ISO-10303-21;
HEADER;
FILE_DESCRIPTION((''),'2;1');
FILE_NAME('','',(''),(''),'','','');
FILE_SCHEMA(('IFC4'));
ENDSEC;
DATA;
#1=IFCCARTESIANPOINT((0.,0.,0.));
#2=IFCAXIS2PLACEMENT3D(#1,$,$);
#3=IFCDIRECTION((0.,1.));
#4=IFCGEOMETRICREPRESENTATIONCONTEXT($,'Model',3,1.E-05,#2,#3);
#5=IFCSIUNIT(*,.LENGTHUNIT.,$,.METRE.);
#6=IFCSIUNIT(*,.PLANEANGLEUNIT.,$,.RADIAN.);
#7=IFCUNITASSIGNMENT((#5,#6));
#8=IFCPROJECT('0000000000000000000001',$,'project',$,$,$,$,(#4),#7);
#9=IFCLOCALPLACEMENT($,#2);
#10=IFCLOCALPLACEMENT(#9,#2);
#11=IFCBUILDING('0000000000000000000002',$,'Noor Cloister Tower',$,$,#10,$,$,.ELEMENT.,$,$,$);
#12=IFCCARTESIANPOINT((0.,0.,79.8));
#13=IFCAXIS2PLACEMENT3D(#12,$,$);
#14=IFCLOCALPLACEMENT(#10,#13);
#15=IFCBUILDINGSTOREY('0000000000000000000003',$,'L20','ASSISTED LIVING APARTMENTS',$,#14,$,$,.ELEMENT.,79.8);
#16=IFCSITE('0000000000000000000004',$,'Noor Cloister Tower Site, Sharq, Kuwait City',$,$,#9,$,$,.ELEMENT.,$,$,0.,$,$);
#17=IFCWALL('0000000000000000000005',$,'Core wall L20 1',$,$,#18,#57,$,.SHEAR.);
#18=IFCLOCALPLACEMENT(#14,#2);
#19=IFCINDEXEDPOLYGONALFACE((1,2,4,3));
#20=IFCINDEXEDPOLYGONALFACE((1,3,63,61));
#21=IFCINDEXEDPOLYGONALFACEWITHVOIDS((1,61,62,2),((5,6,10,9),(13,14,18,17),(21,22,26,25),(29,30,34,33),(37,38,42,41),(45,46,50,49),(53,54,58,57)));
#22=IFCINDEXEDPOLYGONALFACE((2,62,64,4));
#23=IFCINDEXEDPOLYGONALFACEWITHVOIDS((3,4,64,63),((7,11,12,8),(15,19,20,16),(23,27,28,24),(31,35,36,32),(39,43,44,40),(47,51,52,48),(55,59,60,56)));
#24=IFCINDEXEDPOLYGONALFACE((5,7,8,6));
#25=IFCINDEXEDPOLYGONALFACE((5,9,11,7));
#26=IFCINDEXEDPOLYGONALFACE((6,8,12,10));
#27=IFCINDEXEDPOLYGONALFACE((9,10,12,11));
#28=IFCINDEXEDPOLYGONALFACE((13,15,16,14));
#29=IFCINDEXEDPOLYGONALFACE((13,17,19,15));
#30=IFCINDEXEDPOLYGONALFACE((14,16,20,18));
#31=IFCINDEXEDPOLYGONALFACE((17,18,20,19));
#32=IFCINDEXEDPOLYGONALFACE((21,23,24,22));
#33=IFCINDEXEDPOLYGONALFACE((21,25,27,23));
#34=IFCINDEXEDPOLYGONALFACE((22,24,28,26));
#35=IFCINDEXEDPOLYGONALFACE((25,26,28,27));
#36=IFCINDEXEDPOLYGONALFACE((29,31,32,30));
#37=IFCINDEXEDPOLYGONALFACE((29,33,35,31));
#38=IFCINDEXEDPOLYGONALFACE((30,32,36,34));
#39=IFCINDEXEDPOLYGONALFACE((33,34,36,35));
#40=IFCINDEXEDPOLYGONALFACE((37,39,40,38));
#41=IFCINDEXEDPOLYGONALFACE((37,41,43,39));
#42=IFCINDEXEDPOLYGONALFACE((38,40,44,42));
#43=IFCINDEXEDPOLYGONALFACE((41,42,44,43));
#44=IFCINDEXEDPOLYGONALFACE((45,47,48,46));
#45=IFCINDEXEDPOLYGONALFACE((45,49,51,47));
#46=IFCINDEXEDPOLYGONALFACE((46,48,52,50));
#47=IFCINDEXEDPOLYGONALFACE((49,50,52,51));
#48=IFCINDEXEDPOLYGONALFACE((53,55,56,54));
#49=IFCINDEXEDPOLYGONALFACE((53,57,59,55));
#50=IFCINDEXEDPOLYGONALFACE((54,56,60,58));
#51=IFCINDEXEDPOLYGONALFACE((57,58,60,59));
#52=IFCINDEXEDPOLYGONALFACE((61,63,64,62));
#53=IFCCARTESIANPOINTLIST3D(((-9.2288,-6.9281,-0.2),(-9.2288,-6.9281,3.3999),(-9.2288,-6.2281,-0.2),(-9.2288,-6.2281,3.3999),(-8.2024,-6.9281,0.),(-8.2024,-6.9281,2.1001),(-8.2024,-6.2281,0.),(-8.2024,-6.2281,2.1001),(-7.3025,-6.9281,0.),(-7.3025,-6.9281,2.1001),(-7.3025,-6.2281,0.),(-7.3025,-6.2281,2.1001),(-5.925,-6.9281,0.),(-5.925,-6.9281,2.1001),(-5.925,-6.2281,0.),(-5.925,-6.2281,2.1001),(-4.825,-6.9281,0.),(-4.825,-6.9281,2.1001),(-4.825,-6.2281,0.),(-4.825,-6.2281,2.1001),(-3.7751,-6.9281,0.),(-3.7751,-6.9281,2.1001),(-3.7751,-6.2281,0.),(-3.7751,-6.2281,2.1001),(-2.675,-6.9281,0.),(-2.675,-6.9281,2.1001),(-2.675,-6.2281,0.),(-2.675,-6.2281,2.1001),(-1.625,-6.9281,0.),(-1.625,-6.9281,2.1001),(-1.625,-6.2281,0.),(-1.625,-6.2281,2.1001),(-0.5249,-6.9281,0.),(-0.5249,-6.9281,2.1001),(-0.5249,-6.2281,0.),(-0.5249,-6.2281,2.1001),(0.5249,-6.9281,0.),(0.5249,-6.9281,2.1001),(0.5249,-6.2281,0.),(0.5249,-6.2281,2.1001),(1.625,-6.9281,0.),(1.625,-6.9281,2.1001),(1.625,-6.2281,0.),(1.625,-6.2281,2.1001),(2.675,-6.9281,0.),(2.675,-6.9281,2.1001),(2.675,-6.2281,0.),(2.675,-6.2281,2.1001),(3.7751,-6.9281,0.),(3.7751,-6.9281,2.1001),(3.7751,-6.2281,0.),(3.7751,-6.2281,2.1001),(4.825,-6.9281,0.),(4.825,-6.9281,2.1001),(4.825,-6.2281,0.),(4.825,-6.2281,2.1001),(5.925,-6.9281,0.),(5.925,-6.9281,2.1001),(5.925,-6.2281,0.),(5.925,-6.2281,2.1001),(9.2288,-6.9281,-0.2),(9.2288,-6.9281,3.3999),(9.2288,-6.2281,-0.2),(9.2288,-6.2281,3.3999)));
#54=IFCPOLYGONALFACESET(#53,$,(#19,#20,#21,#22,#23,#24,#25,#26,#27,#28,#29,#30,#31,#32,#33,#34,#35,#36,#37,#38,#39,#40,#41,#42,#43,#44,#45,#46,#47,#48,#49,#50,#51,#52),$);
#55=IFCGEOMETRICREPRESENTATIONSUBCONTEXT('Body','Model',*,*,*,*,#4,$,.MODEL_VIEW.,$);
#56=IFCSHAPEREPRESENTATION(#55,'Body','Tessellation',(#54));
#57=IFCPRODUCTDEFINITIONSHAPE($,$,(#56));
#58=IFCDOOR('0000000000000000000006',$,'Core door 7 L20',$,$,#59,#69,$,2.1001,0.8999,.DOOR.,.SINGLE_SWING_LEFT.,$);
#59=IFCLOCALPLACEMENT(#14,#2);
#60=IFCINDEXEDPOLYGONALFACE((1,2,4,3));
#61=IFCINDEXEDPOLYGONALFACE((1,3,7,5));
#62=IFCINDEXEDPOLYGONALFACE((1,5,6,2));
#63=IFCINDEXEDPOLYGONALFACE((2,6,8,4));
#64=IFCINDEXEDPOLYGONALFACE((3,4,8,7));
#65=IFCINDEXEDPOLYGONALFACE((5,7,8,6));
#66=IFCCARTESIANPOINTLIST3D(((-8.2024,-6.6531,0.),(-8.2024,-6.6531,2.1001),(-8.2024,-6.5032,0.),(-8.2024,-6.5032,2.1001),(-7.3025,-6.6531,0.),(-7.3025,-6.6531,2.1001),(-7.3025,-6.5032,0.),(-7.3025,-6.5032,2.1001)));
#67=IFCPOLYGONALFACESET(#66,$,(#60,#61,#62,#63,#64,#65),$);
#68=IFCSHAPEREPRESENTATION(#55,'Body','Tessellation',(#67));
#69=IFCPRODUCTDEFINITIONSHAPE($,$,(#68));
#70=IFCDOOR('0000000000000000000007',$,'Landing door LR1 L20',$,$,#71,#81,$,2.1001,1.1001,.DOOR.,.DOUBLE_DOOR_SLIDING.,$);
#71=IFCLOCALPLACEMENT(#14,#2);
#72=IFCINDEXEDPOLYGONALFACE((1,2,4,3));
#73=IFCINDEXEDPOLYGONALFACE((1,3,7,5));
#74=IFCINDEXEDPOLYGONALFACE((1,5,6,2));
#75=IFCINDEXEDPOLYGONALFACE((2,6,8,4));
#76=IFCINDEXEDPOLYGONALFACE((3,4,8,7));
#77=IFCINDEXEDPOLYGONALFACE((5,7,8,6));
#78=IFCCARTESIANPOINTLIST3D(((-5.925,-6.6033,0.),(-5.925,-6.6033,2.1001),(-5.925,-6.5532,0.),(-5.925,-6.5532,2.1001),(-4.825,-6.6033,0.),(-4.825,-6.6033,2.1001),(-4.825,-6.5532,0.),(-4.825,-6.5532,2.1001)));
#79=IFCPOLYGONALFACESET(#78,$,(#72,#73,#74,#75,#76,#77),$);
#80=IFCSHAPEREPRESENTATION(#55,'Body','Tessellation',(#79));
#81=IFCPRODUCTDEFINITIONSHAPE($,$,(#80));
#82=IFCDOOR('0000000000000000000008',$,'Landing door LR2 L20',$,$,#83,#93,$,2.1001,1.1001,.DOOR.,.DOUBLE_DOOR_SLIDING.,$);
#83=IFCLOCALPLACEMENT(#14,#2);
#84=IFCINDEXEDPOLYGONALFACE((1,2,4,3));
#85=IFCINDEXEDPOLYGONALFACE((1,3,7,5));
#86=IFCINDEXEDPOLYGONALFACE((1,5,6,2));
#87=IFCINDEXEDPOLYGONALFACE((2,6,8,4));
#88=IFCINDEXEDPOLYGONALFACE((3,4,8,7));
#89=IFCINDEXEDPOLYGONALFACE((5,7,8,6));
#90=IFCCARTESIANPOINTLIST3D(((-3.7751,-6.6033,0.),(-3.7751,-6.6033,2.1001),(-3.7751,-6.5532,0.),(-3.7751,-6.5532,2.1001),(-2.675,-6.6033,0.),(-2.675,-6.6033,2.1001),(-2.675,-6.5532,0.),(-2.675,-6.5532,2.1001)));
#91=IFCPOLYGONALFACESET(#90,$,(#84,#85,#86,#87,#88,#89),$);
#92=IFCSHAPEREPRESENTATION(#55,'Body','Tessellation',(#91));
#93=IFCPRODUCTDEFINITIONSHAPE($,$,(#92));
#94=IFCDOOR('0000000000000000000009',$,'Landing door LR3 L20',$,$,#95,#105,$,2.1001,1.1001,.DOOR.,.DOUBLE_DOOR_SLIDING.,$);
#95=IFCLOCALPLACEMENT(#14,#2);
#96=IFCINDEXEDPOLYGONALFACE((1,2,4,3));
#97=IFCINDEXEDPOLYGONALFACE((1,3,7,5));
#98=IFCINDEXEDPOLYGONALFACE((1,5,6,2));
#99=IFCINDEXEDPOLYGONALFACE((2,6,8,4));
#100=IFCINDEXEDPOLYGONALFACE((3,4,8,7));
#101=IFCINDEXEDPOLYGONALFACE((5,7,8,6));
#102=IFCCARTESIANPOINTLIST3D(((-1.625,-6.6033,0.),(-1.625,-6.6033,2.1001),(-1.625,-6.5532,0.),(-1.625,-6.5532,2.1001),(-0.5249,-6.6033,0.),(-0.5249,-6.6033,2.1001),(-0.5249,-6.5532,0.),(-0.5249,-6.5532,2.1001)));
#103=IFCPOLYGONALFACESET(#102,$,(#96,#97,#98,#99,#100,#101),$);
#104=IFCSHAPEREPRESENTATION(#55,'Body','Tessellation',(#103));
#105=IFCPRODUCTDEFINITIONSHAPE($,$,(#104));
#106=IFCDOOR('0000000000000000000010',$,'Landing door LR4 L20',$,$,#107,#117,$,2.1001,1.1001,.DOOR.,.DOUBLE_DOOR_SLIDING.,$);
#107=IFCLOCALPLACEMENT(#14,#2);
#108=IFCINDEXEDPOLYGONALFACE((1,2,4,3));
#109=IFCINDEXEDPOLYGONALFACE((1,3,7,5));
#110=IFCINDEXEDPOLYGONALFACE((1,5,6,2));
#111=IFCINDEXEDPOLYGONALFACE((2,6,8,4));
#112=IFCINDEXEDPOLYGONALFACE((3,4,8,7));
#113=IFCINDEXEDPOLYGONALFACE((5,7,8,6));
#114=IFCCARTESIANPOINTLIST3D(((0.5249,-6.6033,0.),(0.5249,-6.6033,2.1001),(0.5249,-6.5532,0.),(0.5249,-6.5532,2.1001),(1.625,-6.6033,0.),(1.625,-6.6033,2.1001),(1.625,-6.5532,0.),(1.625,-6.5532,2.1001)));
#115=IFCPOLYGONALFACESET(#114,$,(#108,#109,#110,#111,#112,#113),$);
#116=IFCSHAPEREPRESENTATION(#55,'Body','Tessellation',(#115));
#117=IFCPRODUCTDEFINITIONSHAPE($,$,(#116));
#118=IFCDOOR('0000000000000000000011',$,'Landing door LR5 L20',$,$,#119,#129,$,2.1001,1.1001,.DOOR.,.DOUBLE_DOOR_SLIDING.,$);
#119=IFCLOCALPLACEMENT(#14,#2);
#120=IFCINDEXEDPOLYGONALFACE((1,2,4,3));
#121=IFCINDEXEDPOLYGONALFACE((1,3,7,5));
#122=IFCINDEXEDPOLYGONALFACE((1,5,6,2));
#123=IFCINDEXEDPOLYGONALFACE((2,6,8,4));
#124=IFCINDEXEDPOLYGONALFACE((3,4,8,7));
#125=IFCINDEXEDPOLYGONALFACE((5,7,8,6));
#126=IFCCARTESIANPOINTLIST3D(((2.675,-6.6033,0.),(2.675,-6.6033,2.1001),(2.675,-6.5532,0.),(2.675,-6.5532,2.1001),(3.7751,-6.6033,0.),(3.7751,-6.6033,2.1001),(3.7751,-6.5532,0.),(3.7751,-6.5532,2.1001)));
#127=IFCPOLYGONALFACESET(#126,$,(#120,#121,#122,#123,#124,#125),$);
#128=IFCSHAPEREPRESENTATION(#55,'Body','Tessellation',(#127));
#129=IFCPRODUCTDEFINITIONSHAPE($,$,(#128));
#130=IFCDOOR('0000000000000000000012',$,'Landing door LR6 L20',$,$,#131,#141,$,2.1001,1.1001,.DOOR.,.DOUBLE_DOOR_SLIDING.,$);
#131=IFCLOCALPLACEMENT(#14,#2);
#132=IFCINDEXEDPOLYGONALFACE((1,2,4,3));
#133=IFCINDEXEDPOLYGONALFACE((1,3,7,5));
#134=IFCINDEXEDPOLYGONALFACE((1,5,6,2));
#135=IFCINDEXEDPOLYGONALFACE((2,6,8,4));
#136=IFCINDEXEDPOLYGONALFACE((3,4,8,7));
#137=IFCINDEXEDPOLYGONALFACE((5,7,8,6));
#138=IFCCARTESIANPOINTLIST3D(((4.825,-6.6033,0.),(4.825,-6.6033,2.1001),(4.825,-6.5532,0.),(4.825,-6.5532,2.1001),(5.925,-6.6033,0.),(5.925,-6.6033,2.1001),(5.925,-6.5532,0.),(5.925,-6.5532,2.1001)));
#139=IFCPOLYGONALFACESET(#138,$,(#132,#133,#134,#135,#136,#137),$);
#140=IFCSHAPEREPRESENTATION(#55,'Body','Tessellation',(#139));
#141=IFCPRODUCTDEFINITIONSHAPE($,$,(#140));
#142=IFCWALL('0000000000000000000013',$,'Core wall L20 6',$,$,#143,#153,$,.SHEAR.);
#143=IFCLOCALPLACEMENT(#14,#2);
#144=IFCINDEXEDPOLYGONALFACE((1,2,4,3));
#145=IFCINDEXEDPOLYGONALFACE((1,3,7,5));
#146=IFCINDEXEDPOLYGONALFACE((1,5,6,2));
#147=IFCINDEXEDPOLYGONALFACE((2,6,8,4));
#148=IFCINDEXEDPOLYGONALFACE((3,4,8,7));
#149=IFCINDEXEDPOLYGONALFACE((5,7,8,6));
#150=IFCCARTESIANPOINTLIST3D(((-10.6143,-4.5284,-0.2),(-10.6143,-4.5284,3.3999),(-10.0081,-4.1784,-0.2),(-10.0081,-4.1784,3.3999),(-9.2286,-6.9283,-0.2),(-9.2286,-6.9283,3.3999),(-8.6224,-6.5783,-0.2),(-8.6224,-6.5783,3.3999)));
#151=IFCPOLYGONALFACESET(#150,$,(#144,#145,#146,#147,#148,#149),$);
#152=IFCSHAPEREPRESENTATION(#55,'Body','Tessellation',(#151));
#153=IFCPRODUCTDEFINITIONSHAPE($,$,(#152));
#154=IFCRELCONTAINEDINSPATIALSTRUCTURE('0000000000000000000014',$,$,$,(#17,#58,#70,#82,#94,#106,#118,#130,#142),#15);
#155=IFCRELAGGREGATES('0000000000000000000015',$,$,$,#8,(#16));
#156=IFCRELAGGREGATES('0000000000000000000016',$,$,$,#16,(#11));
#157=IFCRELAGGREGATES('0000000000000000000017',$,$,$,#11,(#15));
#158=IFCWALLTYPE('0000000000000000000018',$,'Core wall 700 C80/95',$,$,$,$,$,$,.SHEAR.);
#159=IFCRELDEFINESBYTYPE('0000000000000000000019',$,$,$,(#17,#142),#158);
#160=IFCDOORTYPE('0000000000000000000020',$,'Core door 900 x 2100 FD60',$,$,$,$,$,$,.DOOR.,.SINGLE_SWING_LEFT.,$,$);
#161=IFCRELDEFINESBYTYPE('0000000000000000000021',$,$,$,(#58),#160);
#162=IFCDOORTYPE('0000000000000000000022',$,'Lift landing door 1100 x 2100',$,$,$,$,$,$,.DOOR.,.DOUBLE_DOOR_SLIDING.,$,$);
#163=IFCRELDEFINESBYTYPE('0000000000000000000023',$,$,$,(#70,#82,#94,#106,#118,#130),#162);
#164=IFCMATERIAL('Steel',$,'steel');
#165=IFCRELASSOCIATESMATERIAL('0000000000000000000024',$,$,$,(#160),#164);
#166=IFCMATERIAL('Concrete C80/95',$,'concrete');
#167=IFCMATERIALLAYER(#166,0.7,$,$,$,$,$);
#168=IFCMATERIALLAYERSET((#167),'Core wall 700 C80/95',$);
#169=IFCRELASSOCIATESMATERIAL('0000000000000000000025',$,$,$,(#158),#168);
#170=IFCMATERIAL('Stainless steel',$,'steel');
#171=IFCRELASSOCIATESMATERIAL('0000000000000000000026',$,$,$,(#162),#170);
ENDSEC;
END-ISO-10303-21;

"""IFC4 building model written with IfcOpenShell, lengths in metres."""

from ifc_helpers import new_model, si_unit, direction, frame, frame_2d, origin, place, context, subcontext, project, spatial, rectangle, extrude, material, layer, layer_set, type_object, element, fill, save


model = new_model("IFC4")

# Units and contexts
model_context = context("Model", 3, precision=1e-05, world=origin(), true_north=direction((0.0, 1.0)))
body_context = subcontext(model_context, "Body", "Model", "MODEL_VIEW")
ifc_project = project(units=[si_unit("LENGTHUNIT", "METRE"), si_unit("PLANEANGLEUNIT", "RADIAN")], contexts=[model_context])

# Site, building, storey
site_placement = place(None, origin())
site = spatial("IfcSite", under=ifc_project, at=site_placement, Name="Noor Cloister Tower Site, Sharq, Kuwait City", CompositionType="ELEMENT", RefElevation=0.0)
building_placement = place(site_placement, origin())
building = spatial("IfcBuilding", under=site, at=building_placement, Name="Noor Cloister Tower", CompositionType="ELEMENT")
storey_placement = place(building_placement, frame((0.0, 0.0, 79.8)))
storey = spatial("IfcBuildingStorey", under=building, at=storey_placement, Name="L20", Description="ASSISTED LIVING APARTMENTS", CompositionType="ELEMENT", Elevation=79.8)

# Shared definitions
ifc_material_1 = material(Name="Steel", Category="steel")
door_type_1 = type_object("IfcDoorType", Name="Core door 900 x 2100 FD60", OperationType="SINGLE_SWING_LEFT", PredefinedType="DOOR", material=ifc_material_1)

# Wall, openings, doors
ifc_material_2 = material(Name="Concrete C80/95", Category="concrete")
ifc_layer_1 = layer(ifc_material_2, 0.7)
ifc_layer_set_1 = layer_set([ifc_layer_1], Name="Core wall 700 C80/95")
wall_type_1 = type_object("IfcWallType", Name="Core wall 700 C80/95", PredefinedType="SHEAR", material=ifc_layer_set_1)
wall_1_placement = place(storey_placement, frame((-9.2288, -6.5781, -0.2), z_axis=(0.0, 0.0, 1.0), x_axis=(1.0, 0.0, 0.0)))
wall_1 = element("IfcWall", 1, at=wall_1_placement, inside=storey, type_object=wall_type_1, Name="Core wall L20 1", PredefinedType="SHEAR", context=body_context, shape_type="SweptSolid", body=[
    extrude(rectangle(XDim=18.4575, YDim=0.7, at=frame_2d((9.2288, 0.0))), origin(), (0.0, 0.0, 1.0), 3.5999),
])
opening_1_placement = place(wall_1_placement, frame((3.3037, 0.0, 0.2)))
opening_1 = element("IfcOpeningElement", 2, at=opening_1_placement, cuts=wall_1, PredefinedType="OPENING", context=body_context, shape_type="SweptSolid", body=[
    extrude(rectangle(XDim=1.1001, YDim=2.1001, at=frame_2d((0.55, 1.05))), frame((0.0, 0.3599, 0.0), z_axis=(0.0, -1.0, 0.0), x_axis=(1.0, 0.0, 0.0)), (0.0, 0.0, 1.0), 0.72),
])
opening_2_placement = place(wall_1_placement, frame((5.4536, 0.0, 0.2)))
opening_2 = element("IfcOpeningElement", 3, at=opening_2_placement, cuts=wall_1, PredefinedType="OPENING", context=body_context, shape_type="SweptSolid", body=[
    extrude(rectangle(XDim=1.1001, YDim=2.1001, at=frame_2d((0.55, 1.05))), frame((0.0, 0.3599, 0.0), z_axis=(0.0, -1.0, 0.0), x_axis=(1.0, 0.0, 0.0)), (0.0, 0.0, 1.0), 0.72),
])
opening_3_placement = place(wall_1_placement, frame((7.6038, 0.0, 0.2)))
opening_3 = element("IfcOpeningElement", 4, at=opening_3_placement, cuts=wall_1, PredefinedType="OPENING", context=body_context, shape_type="SweptSolid", body=[
    extrude(rectangle(XDim=1.1001, YDim=2.1001, at=frame_2d((0.55, 1.05))), frame((0.0, 0.3599, 0.0), z_axis=(0.0, -1.0, 0.0), x_axis=(1.0, 0.0, 0.0)), (0.0, 0.0, 1.0), 0.72),
])
opening_4_placement = place(wall_1_placement, frame((9.7537, 0.0, 0.2)))
opening_4 = element("IfcOpeningElement", 5, at=opening_4_placement, cuts=wall_1, PredefinedType="OPENING", context=body_context, shape_type="SweptSolid", body=[
    extrude(rectangle(XDim=1.1001, YDim=2.1001, at=frame_2d((0.55, 1.05))), frame((0.0, 0.3599, 0.0), z_axis=(0.0, -1.0, 0.0), x_axis=(1.0, 0.0, 0.0)), (0.0, 0.0, 1.0), 0.72),
])
opening_5_placement = place(wall_1_placement, frame((11.9038, 0.0, 0.2)))
opening_5 = element("IfcOpeningElement", 6, at=opening_5_placement, cuts=wall_1, PredefinedType="OPENING", context=body_context, shape_type="SweptSolid", body=[
    extrude(rectangle(XDim=1.1001, YDim=2.1001, at=frame_2d((0.55, 1.05))), frame((0.0, 0.3599, 0.0), z_axis=(0.0, -1.0, 0.0), x_axis=(1.0, 0.0, 0.0)), (0.0, 0.0, 1.0), 0.72),
])
opening_6_placement = place(wall_1_placement, frame((14.0537, 0.0, 0.2)))
opening_6 = element("IfcOpeningElement", 7, at=opening_6_placement, cuts=wall_1, PredefinedType="OPENING", context=body_context, shape_type="SweptSolid", body=[
    extrude(rectangle(XDim=1.1001, YDim=2.1001, at=frame_2d((0.55, 1.05))), frame((0.0, 0.3599, 0.0), z_axis=(0.0, -1.0, 0.0), x_axis=(1.0, 0.0, 0.0)), (0.0, 0.0, 1.0), 0.72),
])
opening_7_placement = place(wall_1_placement, frame((1.0264, 0.0, 0.2)))
opening_7 = element("IfcOpeningElement", 8, at=opening_7_placement, cuts=wall_1, PredefinedType="OPENING", context=body_context, shape_type="SweptSolid", body=[
    extrude(rectangle(XDim=0.8999, YDim=2.1001, at=frame_2d((0.45, 1.05))), frame((0.0, 0.3599, 0.0), z_axis=(0.0, -1.0, 0.0), x_axis=(1.0, 0.0, 0.0)), (0.0, 0.0, 1.0), 0.72),
])
door_1_placement = place(opening_7_placement, origin())
door_1 = element("IfcDoor", 9, at=door_1_placement, inside=storey, type_object=door_type_1, Name="Core door 7 L20", OperationType="SINGLE_SWING_LEFT", OverallHeight=2.1001, OverallWidth=0.8999, PredefinedType="DOOR", context=body_context, shape_type="SweptSolid", body=[
    extrude(rectangle(XDim=0.8999, YDim=2.1001, at=frame_2d((0.45, 1.05))), frame((0.0, 0.075, 0.0), z_axis=(0.0, -1.0, 0.0), x_axis=(1.0, 0.0, 0.0)), (0.0, 0.0, 1.0), 0.1499),
])
fill(opening_7, door_1)
ifc_material_3 = material(Name="Stainless steel", Category="steel")
door_type_2 = type_object("IfcDoorType", Name="Lift landing door 1100 x 2100", OperationType="DOUBLE_DOOR_SLIDING", PredefinedType="DOOR", material=ifc_material_3)
door_2_placement = place(opening_1_placement, origin())
door_2 = element("IfcDoor", 10, at=door_2_placement, inside=storey, type_object=door_type_2, Name="Landing door LR1 L20", OperationType="DOUBLE_DOOR_SLIDING", OverallHeight=2.1001, OverallWidth=1.1001, PredefinedType="DOOR", context=body_context, shape_type="SweptSolid", body=[
    extrude(rectangle(XDim=1.1001, YDim=2.1001, at=frame_2d((0.55, 1.05))), frame((0.0, 0.0249, 0.0), z_axis=(0.0, -1.0, 0.0), x_axis=(1.0, 0.0, 0.0)), (0.0, 0.0, 1.0), 0.05),
])
fill(opening_1, door_2)
door_3_placement = place(opening_2_placement, origin())
door_3 = element("IfcDoor", 11, at=door_3_placement, inside=storey, type_object=door_type_2, Name="Landing door LR2 L20", OperationType="DOUBLE_DOOR_SLIDING", OverallHeight=2.1001, OverallWidth=1.1001, PredefinedType="DOOR", context=body_context, shape_type="SweptSolid", body=[
    extrude(rectangle(XDim=1.1001, YDim=2.1001, at=frame_2d((0.55, 1.05))), frame((0.0, 0.0249, 0.0), z_axis=(0.0, -1.0, 0.0), x_axis=(1.0, 0.0, 0.0)), (0.0, 0.0, 1.0), 0.05),
])
fill(opening_2, door_3)
door_4_placement = place(opening_3_placement, origin())
door_4 = element("IfcDoor", 12, at=door_4_placement, inside=storey, type_object=door_type_2, Name="Landing door LR3 L20", OperationType="DOUBLE_DOOR_SLIDING", OverallHeight=2.1001, OverallWidth=1.1001, PredefinedType="DOOR", context=body_context, shape_type="SweptSolid", body=[
    extrude(rectangle(XDim=1.1001, YDim=2.1001, at=frame_2d((0.55, 1.05))), frame((0.0, 0.0249, 0.0), z_axis=(0.0, -1.0, 0.0), x_axis=(1.0, 0.0, 0.0)), (0.0, 0.0, 1.0), 0.05),
])
fill(opening_3, door_4)
door_5_placement = place(opening_4_placement, origin())
door_5 = element("IfcDoor", 13, at=door_5_placement, inside=storey, type_object=door_type_2, Name="Landing door LR4 L20", OperationType="DOUBLE_DOOR_SLIDING", OverallHeight=2.1001, OverallWidth=1.1001, PredefinedType="DOOR", context=body_context, shape_type="SweptSolid", body=[
    extrude(rectangle(XDim=1.1001, YDim=2.1001, at=frame_2d((0.55, 1.05))), frame((0.0, 0.0249, 0.0), z_axis=(0.0, -1.0, 0.0), x_axis=(1.0, 0.0, 0.0)), (0.0, 0.0, 1.0), 0.05),
])
fill(opening_4, door_5)
door_6_placement = place(opening_5_placement, origin())
door_6 = element("IfcDoor", 14, at=door_6_placement, inside=storey, type_object=door_type_2, Name="Landing door LR5 L20", OperationType="DOUBLE_DOOR_SLIDING", OverallHeight=2.1001, OverallWidth=1.1001, PredefinedType="DOOR", context=body_context, shape_type="SweptSolid", body=[
    extrude(rectangle(XDim=1.1001, YDim=2.1001, at=frame_2d((0.55, 1.05))), frame((0.0, 0.0249, 0.0), z_axis=(0.0, -1.0, 0.0), x_axis=(1.0, 0.0, 0.0)), (0.0, 0.0, 1.0), 0.05),
])
fill(opening_5, door_6)
door_7_placement = place(opening_6_placement, origin())
door_7 = element("IfcDoor", 15, at=door_7_placement, inside=storey, type_object=door_type_2, Name="Landing door LR6 L20", OperationType="DOUBLE_DOOR_SLIDING", OverallHeight=2.1001, OverallWidth=1.1001, PredefinedType="DOOR", context=body_context, shape_type="SweptSolid", body=[
    extrude(rectangle(XDim=1.1001, YDim=2.1001, at=frame_2d((0.55, 1.05))), frame((0.0, 0.0249, 0.0), z_axis=(0.0, -1.0, 0.0), x_axis=(1.0, 0.0, 0.0)), (0.0, 0.0, 1.0), 0.05),
])
fill(opening_6, door_7)

# Wall
wall_2_placement = place(storey_placement, frame((-10.3113, -4.3533, -0.2), z_axis=(0.0, 0.0, 1.0), x_axis=(0.500043, -0.866001, 0.0)))
element("IfcWall", 16, at=wall_2_placement, inside=storey, type_object=wall_type_1, Name="Core wall L20 6", PredefinedType="SHEAR", context=body_context, shape_type="SweptSolid", body=[
    extrude(rectangle(XDim=2.7712, YDim=0.7, at=frame_2d((1.3857, 0.0))), origin(), (0.0, 0.0, 1.0), 3.5999),
])

save(model, "model.ifc")
